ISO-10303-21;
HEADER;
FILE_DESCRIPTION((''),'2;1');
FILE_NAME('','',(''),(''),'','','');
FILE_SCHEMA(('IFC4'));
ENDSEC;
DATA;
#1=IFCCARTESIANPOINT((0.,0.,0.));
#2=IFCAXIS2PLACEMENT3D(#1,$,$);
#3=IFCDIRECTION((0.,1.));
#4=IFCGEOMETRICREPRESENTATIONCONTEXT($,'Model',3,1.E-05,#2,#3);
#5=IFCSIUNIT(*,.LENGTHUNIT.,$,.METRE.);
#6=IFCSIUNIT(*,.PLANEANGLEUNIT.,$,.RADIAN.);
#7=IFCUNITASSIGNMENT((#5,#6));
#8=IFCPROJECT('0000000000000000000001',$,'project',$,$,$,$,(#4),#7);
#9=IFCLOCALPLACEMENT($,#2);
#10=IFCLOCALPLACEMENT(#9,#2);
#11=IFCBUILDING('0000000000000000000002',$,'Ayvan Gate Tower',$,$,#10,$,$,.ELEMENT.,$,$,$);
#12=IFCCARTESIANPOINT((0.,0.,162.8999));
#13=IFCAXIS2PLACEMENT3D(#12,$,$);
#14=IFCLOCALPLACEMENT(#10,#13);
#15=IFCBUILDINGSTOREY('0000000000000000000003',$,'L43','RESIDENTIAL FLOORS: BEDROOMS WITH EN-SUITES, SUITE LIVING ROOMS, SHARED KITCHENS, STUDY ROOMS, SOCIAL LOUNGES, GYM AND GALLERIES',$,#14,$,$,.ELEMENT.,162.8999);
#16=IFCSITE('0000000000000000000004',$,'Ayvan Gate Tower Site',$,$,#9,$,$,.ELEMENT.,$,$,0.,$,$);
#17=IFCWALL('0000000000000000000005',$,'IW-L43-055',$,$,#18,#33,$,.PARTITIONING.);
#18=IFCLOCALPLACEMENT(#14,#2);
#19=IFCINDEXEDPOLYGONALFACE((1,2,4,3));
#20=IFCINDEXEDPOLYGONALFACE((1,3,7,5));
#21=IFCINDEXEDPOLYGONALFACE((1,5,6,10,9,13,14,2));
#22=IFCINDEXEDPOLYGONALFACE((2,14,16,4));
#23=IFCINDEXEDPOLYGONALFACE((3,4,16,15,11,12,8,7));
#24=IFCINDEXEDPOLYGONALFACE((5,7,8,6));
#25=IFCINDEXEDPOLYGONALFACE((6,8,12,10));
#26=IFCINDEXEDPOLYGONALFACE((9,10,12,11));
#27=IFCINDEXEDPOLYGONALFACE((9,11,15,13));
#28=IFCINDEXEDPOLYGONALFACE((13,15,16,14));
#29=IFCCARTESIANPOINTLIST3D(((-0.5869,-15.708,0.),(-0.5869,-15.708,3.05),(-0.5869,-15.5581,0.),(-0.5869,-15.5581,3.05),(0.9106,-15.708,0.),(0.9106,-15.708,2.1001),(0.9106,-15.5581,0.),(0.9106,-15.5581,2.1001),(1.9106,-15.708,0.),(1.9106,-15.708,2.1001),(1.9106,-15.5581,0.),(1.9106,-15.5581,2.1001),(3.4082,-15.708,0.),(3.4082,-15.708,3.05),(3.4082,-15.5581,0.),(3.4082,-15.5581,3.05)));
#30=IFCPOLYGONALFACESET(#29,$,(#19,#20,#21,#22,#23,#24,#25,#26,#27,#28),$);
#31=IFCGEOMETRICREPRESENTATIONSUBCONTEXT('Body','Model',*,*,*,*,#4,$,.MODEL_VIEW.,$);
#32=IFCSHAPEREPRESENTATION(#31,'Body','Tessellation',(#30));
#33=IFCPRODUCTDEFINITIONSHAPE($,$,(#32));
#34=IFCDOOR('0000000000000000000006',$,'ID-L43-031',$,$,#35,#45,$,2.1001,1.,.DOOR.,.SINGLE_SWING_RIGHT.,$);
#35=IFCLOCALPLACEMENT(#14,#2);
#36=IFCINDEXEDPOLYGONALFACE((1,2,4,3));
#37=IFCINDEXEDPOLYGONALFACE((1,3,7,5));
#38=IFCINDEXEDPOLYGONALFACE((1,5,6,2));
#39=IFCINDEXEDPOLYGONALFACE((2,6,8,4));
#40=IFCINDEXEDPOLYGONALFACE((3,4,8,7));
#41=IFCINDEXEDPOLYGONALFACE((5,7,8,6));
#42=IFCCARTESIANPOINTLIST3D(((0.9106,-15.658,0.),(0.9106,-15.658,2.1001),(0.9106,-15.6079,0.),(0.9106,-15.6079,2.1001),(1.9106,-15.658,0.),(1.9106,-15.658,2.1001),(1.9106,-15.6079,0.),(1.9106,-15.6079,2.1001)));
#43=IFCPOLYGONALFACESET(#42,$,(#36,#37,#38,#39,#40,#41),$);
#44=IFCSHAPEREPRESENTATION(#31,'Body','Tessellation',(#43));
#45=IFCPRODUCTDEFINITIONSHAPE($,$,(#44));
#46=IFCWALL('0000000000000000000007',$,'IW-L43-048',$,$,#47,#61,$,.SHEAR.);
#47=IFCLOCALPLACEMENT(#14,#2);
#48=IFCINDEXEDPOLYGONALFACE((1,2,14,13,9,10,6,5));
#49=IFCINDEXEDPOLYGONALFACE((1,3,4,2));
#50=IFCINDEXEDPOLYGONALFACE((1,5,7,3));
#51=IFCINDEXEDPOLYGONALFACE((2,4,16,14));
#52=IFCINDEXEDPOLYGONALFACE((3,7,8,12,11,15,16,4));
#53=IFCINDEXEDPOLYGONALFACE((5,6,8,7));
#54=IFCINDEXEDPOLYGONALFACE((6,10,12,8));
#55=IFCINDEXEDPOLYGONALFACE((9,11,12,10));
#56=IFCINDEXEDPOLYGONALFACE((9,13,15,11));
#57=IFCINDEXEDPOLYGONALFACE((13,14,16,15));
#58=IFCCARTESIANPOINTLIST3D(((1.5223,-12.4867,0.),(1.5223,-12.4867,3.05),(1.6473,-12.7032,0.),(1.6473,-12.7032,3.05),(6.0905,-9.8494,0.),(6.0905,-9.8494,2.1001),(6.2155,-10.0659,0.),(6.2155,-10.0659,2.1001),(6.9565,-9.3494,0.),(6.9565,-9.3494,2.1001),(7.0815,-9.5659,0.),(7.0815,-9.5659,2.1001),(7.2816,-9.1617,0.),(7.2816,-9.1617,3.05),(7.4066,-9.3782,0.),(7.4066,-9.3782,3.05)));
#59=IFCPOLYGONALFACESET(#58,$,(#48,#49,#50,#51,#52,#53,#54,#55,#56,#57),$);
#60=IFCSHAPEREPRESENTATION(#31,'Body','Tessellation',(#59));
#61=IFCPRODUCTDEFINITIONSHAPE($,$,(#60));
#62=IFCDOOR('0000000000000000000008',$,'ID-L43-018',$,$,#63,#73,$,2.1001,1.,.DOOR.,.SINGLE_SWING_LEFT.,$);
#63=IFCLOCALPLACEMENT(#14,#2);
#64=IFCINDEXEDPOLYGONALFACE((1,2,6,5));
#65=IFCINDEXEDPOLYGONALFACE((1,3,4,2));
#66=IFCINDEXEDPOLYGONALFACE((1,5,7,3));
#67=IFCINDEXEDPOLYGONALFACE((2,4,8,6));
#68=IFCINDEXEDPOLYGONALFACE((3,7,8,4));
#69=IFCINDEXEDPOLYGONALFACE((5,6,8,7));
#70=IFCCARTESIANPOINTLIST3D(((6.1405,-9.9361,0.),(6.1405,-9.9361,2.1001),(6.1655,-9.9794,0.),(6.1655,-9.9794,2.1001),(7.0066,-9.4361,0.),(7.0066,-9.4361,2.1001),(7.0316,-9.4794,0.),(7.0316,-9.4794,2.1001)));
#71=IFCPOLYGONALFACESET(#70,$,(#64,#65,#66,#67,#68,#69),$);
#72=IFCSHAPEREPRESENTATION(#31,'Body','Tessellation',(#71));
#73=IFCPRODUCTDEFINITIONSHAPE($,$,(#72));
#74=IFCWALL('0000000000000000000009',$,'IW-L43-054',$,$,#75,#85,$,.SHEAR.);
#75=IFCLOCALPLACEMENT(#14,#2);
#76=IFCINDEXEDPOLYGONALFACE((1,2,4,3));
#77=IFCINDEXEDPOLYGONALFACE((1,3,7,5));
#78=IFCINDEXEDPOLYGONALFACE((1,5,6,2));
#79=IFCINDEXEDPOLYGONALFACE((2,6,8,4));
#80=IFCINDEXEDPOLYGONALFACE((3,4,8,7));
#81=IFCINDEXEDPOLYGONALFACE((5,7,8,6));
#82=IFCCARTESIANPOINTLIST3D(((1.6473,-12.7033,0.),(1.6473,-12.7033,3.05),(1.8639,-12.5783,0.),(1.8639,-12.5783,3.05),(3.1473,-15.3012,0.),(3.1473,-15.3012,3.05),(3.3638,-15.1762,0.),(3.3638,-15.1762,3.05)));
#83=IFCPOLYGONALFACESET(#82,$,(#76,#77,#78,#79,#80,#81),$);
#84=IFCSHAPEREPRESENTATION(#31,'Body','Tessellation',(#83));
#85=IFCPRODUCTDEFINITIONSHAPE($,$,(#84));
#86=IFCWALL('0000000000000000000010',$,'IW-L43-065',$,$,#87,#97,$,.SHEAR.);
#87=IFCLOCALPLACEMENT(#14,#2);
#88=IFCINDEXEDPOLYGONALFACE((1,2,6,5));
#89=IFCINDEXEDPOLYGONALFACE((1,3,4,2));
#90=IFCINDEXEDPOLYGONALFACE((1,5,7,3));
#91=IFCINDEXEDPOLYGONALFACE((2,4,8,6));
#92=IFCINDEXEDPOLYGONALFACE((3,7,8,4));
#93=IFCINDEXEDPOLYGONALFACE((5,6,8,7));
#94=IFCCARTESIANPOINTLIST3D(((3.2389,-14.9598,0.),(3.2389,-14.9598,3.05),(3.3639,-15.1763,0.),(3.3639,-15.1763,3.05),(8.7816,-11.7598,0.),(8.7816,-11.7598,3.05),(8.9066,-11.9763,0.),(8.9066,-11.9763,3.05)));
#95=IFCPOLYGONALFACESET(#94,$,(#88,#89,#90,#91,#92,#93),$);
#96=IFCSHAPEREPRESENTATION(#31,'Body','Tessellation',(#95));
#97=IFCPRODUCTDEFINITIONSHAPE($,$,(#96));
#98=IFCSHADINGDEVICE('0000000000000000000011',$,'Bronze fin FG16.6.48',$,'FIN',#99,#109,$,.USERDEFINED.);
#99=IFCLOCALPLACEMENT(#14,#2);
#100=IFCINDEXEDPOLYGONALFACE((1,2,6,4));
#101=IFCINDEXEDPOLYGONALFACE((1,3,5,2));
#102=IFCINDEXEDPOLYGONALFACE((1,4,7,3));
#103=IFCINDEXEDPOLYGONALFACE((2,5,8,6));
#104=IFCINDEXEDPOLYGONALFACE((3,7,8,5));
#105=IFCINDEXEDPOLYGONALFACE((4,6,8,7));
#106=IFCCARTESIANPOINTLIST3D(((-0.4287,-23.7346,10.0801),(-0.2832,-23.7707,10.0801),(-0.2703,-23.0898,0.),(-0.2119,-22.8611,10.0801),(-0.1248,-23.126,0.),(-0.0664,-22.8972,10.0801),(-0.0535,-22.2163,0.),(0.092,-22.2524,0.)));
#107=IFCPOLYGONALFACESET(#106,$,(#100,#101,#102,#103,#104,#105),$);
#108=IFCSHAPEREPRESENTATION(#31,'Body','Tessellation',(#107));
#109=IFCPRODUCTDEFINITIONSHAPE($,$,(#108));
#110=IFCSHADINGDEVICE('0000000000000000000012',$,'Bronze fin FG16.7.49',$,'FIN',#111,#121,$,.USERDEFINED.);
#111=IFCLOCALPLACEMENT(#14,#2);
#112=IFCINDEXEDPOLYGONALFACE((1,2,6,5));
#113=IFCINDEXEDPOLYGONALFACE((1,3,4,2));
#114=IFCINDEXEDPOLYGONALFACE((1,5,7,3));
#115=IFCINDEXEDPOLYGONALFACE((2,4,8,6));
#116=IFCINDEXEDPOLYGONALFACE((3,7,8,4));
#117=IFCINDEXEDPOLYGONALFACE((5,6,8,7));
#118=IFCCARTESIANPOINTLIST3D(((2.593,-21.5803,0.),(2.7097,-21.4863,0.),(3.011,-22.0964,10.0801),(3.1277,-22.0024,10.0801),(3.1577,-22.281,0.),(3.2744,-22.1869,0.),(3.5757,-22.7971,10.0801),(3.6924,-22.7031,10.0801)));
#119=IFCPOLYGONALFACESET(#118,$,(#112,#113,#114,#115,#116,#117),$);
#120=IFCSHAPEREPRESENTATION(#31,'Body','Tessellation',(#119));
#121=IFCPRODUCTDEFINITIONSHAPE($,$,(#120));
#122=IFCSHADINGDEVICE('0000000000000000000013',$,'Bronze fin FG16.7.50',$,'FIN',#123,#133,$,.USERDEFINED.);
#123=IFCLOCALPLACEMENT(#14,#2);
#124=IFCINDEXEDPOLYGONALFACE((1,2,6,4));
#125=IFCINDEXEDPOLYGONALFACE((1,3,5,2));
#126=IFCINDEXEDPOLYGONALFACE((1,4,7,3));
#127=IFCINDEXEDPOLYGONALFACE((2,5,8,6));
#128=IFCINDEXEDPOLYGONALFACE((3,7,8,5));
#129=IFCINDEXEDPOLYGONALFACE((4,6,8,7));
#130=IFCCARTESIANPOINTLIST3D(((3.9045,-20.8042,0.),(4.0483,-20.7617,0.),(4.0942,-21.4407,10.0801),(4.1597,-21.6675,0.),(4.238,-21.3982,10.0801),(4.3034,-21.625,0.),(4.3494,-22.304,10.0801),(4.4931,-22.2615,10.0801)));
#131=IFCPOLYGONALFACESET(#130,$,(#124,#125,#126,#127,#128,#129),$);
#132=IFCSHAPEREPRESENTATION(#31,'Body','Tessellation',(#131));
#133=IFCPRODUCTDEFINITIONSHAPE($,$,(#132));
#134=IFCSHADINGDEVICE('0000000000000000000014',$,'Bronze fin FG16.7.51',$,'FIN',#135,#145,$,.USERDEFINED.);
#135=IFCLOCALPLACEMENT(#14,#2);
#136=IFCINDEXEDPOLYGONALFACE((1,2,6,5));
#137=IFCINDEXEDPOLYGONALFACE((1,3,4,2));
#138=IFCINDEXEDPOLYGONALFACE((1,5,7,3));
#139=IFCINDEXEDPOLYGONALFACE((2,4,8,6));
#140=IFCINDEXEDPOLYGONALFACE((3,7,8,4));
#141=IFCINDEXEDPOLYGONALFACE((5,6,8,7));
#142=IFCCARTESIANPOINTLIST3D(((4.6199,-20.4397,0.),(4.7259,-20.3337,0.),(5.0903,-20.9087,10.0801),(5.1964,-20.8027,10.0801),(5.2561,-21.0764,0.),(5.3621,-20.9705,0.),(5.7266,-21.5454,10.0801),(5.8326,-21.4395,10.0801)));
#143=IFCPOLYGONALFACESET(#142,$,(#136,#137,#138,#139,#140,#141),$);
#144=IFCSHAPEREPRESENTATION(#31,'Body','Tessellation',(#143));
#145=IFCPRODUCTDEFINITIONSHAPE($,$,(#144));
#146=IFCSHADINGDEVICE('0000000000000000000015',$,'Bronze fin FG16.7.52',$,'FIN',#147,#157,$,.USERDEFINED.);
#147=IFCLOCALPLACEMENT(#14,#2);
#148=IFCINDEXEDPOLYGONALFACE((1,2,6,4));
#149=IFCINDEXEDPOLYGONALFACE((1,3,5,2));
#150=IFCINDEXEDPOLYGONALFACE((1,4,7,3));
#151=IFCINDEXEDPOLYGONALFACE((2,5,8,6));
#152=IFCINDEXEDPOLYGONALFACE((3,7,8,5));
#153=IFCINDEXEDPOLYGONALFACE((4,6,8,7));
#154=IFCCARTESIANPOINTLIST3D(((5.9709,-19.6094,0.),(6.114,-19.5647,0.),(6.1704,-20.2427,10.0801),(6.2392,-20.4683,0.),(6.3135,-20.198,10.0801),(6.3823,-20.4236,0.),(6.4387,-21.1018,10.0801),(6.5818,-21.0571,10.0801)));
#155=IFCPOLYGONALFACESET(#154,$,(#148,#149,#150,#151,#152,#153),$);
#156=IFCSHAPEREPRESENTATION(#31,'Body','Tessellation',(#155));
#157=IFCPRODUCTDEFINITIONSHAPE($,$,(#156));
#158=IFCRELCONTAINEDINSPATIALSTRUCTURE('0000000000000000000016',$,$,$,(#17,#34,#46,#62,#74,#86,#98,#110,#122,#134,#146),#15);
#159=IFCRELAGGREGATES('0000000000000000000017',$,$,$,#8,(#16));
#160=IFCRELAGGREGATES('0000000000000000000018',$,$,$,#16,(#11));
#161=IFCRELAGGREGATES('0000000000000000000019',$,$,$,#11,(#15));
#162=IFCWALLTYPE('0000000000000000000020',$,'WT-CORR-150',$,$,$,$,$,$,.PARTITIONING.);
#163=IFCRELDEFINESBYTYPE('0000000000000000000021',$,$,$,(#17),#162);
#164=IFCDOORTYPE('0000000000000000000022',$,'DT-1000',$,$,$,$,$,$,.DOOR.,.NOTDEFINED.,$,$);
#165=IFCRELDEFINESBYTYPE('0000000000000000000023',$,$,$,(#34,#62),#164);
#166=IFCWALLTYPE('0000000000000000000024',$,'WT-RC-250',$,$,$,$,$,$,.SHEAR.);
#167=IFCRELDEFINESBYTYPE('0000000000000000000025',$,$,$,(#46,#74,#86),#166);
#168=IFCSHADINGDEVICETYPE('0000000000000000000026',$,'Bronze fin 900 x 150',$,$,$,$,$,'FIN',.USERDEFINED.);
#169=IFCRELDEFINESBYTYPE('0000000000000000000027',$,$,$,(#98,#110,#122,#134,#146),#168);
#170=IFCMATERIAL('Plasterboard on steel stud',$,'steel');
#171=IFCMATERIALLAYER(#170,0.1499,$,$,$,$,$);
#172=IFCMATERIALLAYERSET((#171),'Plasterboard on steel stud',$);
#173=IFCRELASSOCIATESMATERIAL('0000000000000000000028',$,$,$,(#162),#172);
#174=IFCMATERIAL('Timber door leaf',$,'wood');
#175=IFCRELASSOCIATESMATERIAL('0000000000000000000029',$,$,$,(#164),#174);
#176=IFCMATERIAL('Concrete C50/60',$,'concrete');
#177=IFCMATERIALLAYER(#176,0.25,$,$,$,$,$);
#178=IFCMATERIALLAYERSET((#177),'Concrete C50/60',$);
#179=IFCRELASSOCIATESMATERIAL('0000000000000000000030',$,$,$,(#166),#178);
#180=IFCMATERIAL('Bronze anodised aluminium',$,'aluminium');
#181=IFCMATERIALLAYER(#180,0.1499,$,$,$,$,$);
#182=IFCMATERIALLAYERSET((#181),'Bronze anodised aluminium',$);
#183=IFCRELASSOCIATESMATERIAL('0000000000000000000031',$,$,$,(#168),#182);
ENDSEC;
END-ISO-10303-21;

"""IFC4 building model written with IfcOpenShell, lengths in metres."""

from ifc_helpers import new_model, si_unit, direction, frame, frame_2d, origin, place, context, subcontext, project, spatial, polyline, rectangle, outline, extrude, material, layer, layer_set, type_object, element, fill, save


model = new_model("IFC4")

# Units and contexts
model_context = context("Model", 3, precision=1e-05, world=origin(), true_north=direction((0.0, 1.0)))
body_context = subcontext(model_context, "Body", "Model", "MODEL_VIEW")
ifc_project = project(units=[si_unit("LENGTHUNIT", "METRE"), si_unit("PLANEANGLEUNIT", "RADIAN")], contexts=[model_context])

# Site, building, storey
site_placement = place(None, origin())
site = spatial("IfcSite", under=ifc_project, at=site_placement, Name="Ayvan Gate Tower Site", CompositionType="ELEMENT", RefElevation=0.0)
building_placement = place(site_placement, origin())
building = spatial("IfcBuilding", under=site, at=building_placement, Name="Ayvan Gate Tower", CompositionType="ELEMENT")
storey_placement = place(building_placement, frame((0.0, 0.0, 162.8999)))
storey = spatial("IfcBuildingStorey", under=building, at=storey_placement, Name="L43", Description="RESIDENTIAL FLOORS: BEDROOMS WITH EN-SUITES, SUITE LIVING ROOMS, SHARED KITCHENS, STUDY ROOMS, SOCIAL LOUNGES, GYM AND GALLERIES", CompositionType="ELEMENT", Elevation=162.8999)

# Shared definitions
ifc_material_1 = material(Name="Bronze anodised aluminium", Category="aluminium")

# Shared definitions
ifc_material_2 = material(Name="Plasterboard on steel stud", Category="steel")
ifc_layer_1 = layer(ifc_material_2, 0.1499)
ifc_layer_set_1 = layer_set([ifc_layer_1], Name="Plasterboard on steel stud")
wall_type_1 = type_object("IfcWallType", Name="WT-CORR-150", PredefinedType="PARTITIONING", material=ifc_layer_set_1)

# Walls, openings, doors
wall_1_placement = place(storey_placement, frame((3.4082, -15.6331, 0.0), z_axis=(0.0, 0.0, 1.0), x_axis=(-1.0, 0.0, 0.0)))
wall_1 = element("IfcWall", 1, at=wall_1_placement, inside=storey, type_object=wall_type_1, Name="IW-L43-055", PredefinedType="PARTITIONING", context=body_context, shape_type="SweptSolid", body=[
    extrude(rectangle(XDim=3.9951, YDim=0.1499, at=frame_2d((1.9976, 0.0))), origin(), (0.0, 0.0, 1.0), 3.05),
])
opening_1_placement = place(wall_1_placement, frame((1.4976, 0.0, 0.0)))
opening_1 = element("IfcOpeningElement", 2, at=opening_1_placement, cuts=wall_1, PredefinedType="OPENING", context=body_context, shape_type="SweptSolid", body=[
    extrude(rectangle(XDim=1.0, YDim=2.1001, at=frame_2d((0.5, 1.05))), frame((0.0, 0.085, 0.0), z_axis=(0.0, -1.0, 0.0), x_axis=(1.0, 0.0, 0.0)), (0.0, 0.0, 1.0), 0.1699),
])
ifc_material_3 = material(Name="Timber door leaf", Category="wood")
door_type = type_object("IfcDoorType", Name="DT-1000", OperationType="NOTDEFINED", PredefinedType="DOOR", material=ifc_material_3)
door_1_placement = place(opening_1_placement, origin())
door_1 = element("IfcDoor", 3, at=door_1_placement, inside=storey, type_object=door_type, Name="ID-L43-031", OperationType="SINGLE_SWING_RIGHT", OverallHeight=2.1001, OverallWidth=1.0, PredefinedType="DOOR", context=body_context, shape_type="SweptSolid", body=[
    extrude(rectangle(XDim=1.0, YDim=2.1001, at=frame_2d((0.5, 1.05))), frame((0.0, 0.0249, 0.0), z_axis=(0.0, -1.0, 0.0), x_axis=(1.0, 0.0, 0.0)), (0.0, 0.0, 1.0), 0.05),
])
fill(opening_1, door_1)
ifc_material_4 = material(Name="Concrete C50/60", Category="concrete")
ifc_layer_2 = layer(ifc_material_4, 0.25)
ifc_layer_set_2 = layer_set([ifc_layer_2], Name="Concrete C50/60")
wall_type_2 = type_object("IfcWallType", Name="WT-RC-250", PredefinedType="SHEAR", material=ifc_layer_set_2)
wall_2_placement = place(storey_placement, frame((1.5847, -12.595, 0.0), z_axis=(0.0, 0.0, 1.0), x_axis=(0.866036, 0.499981, 0.0)))
wall_2 = element("IfcWall", 4, at=wall_2_placement, inside=storey, type_object=wall_type_2, Name="IW-L43-048", PredefinedType="SHEAR", context=body_context, shape_type="SweptSolid", body=[
    extrude(rectangle(XDim=6.6501, YDim=0.25, at=frame_2d((3.3252, 0.0))), origin(), (0.0, 0.0, 1.0), 3.05),
])
opening_2_placement = place(wall_2_placement, frame((5.2749, 0.0, 0.0)))
opening_2 = element("IfcOpeningElement", 5, at=opening_2_placement, cuts=wall_2, PredefinedType="OPENING", context=body_context, shape_type="SweptSolid", body=[
    extrude(rectangle(XDim=1.0, YDim=2.1001, at=frame_2d((0.5, 1.05))), frame((0.0, 0.135, 0.0), z_axis=(0.0, -1.0, 0.0), x_axis=(1.0, 0.0, 0.0)), (0.0, 0.0, 1.0), 0.27),
])
door_2_placement = place(opening_2_placement, origin())
door_2 = element("IfcDoor", 6, at=door_2_placement, inside=storey, type_object=door_type, Name="ID-L43-018", OperationType="SINGLE_SWING_LEFT", OverallHeight=2.1001, OverallWidth=1.0, PredefinedType="DOOR", context=body_context, shape_type="SweptSolid", body=[
    extrude(rectangle(XDim=1.0, YDim=2.1001, at=frame_2d((0.5, 1.05))), frame((0.0, 0.0249, 0.0), z_axis=(0.0, -1.0, 0.0), x_axis=(1.0, 0.0, 0.0)), (0.0, 0.0, 1.0), 0.05),
])
fill(opening_2, door_2)

# Walls
wall_3_placement = place(storey_placement, frame((3.2556, -15.2388, 0.0), z_axis=(0.0, 0.0, 1.0), x_axis=(-0.500025, 0.866011, 0.0)))
element("IfcWall", 7, at=wall_3_placement, inside=storey, type_object=wall_type_2, Name="IW-L43-054", PredefinedType="SHEAR", context=body_context, shape_type="SweptSolid", body=[
    extrude(rectangle(XDim=2.9998, YDim=0.25, at=frame_2d((1.5, 0.0))), origin(), (0.0, 0.0, 1.0), 3.05),
])
wall_4_placement = place(storey_placement, frame((3.3013, -15.0681, 0.0), z_axis=(0.0, 0.0, 1.0), x_axis=(0.866035, 0.499983, 0.0)))
element("IfcWall", 8, at=wall_4_placement, inside=storey, type_object=wall_type_2, Name="IW-L43-065", PredefinedType="SHEAR", context=body_context, shape_type="SweptSolid", body=[
    extrude(rectangle(XDim=6.4001, YDim=0.25, at=frame_2d((3.2002, 0.0))), origin(), (0.0, 0.0, 1.0), 3.05),
])

# Shading devices
ifc_layer_3 = layer(ifc_material_1, 0.1499)
ifc_layer_set_3 = layer_set([ifc_layer_3], Name="Bronze anodised aluminium")
shading_device_type = type_object("IfcShadingDeviceType", Name="Bronze fin 900 x 150", ElementType="FIN", PredefinedType="USERDEFINED", material=ifc_layer_set_3)
shading_device_1_placement = place(storey_placement, frame((-0.0535, -22.2163, 0.0), z_axis=(-0.970556, 0.240876, 0.000152), x_axis=(-0.240876, -0.970556, 0.0)))
element("IfcShadingDevice", 9, at=shading_device_1_placement, inside=storey, type_object=shading_device_type, Name="Bronze fin FG16.6.48", ObjectType="FIN", PredefinedType="USERDEFINED", context=body_context, shape_type="SweptSolid", body=[
    extrude(outline(polyline([(0.0, 0.0), (0.9, 0.0), (1.564, 10.0801), (0.664, 10.0801), (0.0, 0.0)])), origin(), (0.0, 0.0, -1.0), 0.1499),
])
shading_device_2_placement = place(storey_placement, frame((2.593, -21.5803, 0.0), z_axis=(-0.778614, -0.627503, 0.000156), x_axis=(0.627503, -0.778614, 0.0)))
element("IfcShadingDevice", 10, at=shading_device_2_placement, inside=storey, type_object=shading_device_type, Name="Bronze fin FG16.7.49", ObjectType="FIN", PredefinedType="USERDEFINED", context=body_context, shape_type="SweptSolid", body=[
    extrude(outline(polyline([(0.0, 0.0), (0.8999, 0.0), (1.564, 10.0801), (0.6641, 10.0801), (0.0, 0.0)])), origin(), (0.0, 0.0, -1.0), 0.1499),
])
shading_device_3_placement = place(storey_placement, frame((3.9045, -20.8042, 0.0), z_axis=(-0.958998, -0.283414, 0.000152), x_axis=(0.283414, -0.958998, 0.0)))
element("IfcShadingDevice", 11, at=shading_device_3_placement, inside=storey, type_object=shading_device_type, Name="Bronze fin FG16.7.50", ObjectType="FIN", PredefinedType="USERDEFINED", context=body_context, shape_type="SweptSolid", body=[
    extrude(outline(polyline([(0.0, 0.0), (0.9002, 0.0), (1.5643, 10.0801), (0.6641, 10.0801), (0.0, 0.0)])), origin(), (0.0, 0.0, -1.0), 0.1499),
])
shading_device_4_placement = place(storey_placement, frame((4.6199, -20.4397, 0.0), z_axis=(-0.707378, -0.706835, 0.000128), x_axis=(0.706835, -0.707378, 0.0)))
element("IfcShadingDevice", 12, at=shading_device_4_placement, inside=storey, type_object=shading_device_type, Name="Bronze fin FG16.7.51", ObjectType="FIN", PredefinedType="USERDEFINED", context=body_context, shape_type="SweptSolid", body=[
    extrude(outline(polyline([(0.0, 0.0), (0.9001, 0.0), (1.5644, 10.0801), (0.6643, 10.0801), (0.0, 0.0)])), origin(), (0.0, 0.0, -1.0), 0.1499),
])
shading_device_5_placement = place(storey_placement, frame((5.9709, -19.6094, 0.0), z_axis=(-0.954521, -0.298144, 0.000153), x_axis=(0.298144, -0.954521, 0.0)))
element("IfcShadingDevice", 13, at=shading_device_5_placement, inside=storey, type_object=shading_device_type, Name="Bronze fin FG16.7.52", ObjectType="FIN", PredefinedType="USERDEFINED", context=body_context, shape_type="SweptSolid", body=[
    extrude(outline(polyline([(0.0, 0.0), (0.8998, 0.0), (1.564, 10.0801), (0.664, 10.0801), (0.0, 0.0)])), origin(), (0.0, 0.0, -1.0), 0.1499),
])

save(model, "model.ifc")
